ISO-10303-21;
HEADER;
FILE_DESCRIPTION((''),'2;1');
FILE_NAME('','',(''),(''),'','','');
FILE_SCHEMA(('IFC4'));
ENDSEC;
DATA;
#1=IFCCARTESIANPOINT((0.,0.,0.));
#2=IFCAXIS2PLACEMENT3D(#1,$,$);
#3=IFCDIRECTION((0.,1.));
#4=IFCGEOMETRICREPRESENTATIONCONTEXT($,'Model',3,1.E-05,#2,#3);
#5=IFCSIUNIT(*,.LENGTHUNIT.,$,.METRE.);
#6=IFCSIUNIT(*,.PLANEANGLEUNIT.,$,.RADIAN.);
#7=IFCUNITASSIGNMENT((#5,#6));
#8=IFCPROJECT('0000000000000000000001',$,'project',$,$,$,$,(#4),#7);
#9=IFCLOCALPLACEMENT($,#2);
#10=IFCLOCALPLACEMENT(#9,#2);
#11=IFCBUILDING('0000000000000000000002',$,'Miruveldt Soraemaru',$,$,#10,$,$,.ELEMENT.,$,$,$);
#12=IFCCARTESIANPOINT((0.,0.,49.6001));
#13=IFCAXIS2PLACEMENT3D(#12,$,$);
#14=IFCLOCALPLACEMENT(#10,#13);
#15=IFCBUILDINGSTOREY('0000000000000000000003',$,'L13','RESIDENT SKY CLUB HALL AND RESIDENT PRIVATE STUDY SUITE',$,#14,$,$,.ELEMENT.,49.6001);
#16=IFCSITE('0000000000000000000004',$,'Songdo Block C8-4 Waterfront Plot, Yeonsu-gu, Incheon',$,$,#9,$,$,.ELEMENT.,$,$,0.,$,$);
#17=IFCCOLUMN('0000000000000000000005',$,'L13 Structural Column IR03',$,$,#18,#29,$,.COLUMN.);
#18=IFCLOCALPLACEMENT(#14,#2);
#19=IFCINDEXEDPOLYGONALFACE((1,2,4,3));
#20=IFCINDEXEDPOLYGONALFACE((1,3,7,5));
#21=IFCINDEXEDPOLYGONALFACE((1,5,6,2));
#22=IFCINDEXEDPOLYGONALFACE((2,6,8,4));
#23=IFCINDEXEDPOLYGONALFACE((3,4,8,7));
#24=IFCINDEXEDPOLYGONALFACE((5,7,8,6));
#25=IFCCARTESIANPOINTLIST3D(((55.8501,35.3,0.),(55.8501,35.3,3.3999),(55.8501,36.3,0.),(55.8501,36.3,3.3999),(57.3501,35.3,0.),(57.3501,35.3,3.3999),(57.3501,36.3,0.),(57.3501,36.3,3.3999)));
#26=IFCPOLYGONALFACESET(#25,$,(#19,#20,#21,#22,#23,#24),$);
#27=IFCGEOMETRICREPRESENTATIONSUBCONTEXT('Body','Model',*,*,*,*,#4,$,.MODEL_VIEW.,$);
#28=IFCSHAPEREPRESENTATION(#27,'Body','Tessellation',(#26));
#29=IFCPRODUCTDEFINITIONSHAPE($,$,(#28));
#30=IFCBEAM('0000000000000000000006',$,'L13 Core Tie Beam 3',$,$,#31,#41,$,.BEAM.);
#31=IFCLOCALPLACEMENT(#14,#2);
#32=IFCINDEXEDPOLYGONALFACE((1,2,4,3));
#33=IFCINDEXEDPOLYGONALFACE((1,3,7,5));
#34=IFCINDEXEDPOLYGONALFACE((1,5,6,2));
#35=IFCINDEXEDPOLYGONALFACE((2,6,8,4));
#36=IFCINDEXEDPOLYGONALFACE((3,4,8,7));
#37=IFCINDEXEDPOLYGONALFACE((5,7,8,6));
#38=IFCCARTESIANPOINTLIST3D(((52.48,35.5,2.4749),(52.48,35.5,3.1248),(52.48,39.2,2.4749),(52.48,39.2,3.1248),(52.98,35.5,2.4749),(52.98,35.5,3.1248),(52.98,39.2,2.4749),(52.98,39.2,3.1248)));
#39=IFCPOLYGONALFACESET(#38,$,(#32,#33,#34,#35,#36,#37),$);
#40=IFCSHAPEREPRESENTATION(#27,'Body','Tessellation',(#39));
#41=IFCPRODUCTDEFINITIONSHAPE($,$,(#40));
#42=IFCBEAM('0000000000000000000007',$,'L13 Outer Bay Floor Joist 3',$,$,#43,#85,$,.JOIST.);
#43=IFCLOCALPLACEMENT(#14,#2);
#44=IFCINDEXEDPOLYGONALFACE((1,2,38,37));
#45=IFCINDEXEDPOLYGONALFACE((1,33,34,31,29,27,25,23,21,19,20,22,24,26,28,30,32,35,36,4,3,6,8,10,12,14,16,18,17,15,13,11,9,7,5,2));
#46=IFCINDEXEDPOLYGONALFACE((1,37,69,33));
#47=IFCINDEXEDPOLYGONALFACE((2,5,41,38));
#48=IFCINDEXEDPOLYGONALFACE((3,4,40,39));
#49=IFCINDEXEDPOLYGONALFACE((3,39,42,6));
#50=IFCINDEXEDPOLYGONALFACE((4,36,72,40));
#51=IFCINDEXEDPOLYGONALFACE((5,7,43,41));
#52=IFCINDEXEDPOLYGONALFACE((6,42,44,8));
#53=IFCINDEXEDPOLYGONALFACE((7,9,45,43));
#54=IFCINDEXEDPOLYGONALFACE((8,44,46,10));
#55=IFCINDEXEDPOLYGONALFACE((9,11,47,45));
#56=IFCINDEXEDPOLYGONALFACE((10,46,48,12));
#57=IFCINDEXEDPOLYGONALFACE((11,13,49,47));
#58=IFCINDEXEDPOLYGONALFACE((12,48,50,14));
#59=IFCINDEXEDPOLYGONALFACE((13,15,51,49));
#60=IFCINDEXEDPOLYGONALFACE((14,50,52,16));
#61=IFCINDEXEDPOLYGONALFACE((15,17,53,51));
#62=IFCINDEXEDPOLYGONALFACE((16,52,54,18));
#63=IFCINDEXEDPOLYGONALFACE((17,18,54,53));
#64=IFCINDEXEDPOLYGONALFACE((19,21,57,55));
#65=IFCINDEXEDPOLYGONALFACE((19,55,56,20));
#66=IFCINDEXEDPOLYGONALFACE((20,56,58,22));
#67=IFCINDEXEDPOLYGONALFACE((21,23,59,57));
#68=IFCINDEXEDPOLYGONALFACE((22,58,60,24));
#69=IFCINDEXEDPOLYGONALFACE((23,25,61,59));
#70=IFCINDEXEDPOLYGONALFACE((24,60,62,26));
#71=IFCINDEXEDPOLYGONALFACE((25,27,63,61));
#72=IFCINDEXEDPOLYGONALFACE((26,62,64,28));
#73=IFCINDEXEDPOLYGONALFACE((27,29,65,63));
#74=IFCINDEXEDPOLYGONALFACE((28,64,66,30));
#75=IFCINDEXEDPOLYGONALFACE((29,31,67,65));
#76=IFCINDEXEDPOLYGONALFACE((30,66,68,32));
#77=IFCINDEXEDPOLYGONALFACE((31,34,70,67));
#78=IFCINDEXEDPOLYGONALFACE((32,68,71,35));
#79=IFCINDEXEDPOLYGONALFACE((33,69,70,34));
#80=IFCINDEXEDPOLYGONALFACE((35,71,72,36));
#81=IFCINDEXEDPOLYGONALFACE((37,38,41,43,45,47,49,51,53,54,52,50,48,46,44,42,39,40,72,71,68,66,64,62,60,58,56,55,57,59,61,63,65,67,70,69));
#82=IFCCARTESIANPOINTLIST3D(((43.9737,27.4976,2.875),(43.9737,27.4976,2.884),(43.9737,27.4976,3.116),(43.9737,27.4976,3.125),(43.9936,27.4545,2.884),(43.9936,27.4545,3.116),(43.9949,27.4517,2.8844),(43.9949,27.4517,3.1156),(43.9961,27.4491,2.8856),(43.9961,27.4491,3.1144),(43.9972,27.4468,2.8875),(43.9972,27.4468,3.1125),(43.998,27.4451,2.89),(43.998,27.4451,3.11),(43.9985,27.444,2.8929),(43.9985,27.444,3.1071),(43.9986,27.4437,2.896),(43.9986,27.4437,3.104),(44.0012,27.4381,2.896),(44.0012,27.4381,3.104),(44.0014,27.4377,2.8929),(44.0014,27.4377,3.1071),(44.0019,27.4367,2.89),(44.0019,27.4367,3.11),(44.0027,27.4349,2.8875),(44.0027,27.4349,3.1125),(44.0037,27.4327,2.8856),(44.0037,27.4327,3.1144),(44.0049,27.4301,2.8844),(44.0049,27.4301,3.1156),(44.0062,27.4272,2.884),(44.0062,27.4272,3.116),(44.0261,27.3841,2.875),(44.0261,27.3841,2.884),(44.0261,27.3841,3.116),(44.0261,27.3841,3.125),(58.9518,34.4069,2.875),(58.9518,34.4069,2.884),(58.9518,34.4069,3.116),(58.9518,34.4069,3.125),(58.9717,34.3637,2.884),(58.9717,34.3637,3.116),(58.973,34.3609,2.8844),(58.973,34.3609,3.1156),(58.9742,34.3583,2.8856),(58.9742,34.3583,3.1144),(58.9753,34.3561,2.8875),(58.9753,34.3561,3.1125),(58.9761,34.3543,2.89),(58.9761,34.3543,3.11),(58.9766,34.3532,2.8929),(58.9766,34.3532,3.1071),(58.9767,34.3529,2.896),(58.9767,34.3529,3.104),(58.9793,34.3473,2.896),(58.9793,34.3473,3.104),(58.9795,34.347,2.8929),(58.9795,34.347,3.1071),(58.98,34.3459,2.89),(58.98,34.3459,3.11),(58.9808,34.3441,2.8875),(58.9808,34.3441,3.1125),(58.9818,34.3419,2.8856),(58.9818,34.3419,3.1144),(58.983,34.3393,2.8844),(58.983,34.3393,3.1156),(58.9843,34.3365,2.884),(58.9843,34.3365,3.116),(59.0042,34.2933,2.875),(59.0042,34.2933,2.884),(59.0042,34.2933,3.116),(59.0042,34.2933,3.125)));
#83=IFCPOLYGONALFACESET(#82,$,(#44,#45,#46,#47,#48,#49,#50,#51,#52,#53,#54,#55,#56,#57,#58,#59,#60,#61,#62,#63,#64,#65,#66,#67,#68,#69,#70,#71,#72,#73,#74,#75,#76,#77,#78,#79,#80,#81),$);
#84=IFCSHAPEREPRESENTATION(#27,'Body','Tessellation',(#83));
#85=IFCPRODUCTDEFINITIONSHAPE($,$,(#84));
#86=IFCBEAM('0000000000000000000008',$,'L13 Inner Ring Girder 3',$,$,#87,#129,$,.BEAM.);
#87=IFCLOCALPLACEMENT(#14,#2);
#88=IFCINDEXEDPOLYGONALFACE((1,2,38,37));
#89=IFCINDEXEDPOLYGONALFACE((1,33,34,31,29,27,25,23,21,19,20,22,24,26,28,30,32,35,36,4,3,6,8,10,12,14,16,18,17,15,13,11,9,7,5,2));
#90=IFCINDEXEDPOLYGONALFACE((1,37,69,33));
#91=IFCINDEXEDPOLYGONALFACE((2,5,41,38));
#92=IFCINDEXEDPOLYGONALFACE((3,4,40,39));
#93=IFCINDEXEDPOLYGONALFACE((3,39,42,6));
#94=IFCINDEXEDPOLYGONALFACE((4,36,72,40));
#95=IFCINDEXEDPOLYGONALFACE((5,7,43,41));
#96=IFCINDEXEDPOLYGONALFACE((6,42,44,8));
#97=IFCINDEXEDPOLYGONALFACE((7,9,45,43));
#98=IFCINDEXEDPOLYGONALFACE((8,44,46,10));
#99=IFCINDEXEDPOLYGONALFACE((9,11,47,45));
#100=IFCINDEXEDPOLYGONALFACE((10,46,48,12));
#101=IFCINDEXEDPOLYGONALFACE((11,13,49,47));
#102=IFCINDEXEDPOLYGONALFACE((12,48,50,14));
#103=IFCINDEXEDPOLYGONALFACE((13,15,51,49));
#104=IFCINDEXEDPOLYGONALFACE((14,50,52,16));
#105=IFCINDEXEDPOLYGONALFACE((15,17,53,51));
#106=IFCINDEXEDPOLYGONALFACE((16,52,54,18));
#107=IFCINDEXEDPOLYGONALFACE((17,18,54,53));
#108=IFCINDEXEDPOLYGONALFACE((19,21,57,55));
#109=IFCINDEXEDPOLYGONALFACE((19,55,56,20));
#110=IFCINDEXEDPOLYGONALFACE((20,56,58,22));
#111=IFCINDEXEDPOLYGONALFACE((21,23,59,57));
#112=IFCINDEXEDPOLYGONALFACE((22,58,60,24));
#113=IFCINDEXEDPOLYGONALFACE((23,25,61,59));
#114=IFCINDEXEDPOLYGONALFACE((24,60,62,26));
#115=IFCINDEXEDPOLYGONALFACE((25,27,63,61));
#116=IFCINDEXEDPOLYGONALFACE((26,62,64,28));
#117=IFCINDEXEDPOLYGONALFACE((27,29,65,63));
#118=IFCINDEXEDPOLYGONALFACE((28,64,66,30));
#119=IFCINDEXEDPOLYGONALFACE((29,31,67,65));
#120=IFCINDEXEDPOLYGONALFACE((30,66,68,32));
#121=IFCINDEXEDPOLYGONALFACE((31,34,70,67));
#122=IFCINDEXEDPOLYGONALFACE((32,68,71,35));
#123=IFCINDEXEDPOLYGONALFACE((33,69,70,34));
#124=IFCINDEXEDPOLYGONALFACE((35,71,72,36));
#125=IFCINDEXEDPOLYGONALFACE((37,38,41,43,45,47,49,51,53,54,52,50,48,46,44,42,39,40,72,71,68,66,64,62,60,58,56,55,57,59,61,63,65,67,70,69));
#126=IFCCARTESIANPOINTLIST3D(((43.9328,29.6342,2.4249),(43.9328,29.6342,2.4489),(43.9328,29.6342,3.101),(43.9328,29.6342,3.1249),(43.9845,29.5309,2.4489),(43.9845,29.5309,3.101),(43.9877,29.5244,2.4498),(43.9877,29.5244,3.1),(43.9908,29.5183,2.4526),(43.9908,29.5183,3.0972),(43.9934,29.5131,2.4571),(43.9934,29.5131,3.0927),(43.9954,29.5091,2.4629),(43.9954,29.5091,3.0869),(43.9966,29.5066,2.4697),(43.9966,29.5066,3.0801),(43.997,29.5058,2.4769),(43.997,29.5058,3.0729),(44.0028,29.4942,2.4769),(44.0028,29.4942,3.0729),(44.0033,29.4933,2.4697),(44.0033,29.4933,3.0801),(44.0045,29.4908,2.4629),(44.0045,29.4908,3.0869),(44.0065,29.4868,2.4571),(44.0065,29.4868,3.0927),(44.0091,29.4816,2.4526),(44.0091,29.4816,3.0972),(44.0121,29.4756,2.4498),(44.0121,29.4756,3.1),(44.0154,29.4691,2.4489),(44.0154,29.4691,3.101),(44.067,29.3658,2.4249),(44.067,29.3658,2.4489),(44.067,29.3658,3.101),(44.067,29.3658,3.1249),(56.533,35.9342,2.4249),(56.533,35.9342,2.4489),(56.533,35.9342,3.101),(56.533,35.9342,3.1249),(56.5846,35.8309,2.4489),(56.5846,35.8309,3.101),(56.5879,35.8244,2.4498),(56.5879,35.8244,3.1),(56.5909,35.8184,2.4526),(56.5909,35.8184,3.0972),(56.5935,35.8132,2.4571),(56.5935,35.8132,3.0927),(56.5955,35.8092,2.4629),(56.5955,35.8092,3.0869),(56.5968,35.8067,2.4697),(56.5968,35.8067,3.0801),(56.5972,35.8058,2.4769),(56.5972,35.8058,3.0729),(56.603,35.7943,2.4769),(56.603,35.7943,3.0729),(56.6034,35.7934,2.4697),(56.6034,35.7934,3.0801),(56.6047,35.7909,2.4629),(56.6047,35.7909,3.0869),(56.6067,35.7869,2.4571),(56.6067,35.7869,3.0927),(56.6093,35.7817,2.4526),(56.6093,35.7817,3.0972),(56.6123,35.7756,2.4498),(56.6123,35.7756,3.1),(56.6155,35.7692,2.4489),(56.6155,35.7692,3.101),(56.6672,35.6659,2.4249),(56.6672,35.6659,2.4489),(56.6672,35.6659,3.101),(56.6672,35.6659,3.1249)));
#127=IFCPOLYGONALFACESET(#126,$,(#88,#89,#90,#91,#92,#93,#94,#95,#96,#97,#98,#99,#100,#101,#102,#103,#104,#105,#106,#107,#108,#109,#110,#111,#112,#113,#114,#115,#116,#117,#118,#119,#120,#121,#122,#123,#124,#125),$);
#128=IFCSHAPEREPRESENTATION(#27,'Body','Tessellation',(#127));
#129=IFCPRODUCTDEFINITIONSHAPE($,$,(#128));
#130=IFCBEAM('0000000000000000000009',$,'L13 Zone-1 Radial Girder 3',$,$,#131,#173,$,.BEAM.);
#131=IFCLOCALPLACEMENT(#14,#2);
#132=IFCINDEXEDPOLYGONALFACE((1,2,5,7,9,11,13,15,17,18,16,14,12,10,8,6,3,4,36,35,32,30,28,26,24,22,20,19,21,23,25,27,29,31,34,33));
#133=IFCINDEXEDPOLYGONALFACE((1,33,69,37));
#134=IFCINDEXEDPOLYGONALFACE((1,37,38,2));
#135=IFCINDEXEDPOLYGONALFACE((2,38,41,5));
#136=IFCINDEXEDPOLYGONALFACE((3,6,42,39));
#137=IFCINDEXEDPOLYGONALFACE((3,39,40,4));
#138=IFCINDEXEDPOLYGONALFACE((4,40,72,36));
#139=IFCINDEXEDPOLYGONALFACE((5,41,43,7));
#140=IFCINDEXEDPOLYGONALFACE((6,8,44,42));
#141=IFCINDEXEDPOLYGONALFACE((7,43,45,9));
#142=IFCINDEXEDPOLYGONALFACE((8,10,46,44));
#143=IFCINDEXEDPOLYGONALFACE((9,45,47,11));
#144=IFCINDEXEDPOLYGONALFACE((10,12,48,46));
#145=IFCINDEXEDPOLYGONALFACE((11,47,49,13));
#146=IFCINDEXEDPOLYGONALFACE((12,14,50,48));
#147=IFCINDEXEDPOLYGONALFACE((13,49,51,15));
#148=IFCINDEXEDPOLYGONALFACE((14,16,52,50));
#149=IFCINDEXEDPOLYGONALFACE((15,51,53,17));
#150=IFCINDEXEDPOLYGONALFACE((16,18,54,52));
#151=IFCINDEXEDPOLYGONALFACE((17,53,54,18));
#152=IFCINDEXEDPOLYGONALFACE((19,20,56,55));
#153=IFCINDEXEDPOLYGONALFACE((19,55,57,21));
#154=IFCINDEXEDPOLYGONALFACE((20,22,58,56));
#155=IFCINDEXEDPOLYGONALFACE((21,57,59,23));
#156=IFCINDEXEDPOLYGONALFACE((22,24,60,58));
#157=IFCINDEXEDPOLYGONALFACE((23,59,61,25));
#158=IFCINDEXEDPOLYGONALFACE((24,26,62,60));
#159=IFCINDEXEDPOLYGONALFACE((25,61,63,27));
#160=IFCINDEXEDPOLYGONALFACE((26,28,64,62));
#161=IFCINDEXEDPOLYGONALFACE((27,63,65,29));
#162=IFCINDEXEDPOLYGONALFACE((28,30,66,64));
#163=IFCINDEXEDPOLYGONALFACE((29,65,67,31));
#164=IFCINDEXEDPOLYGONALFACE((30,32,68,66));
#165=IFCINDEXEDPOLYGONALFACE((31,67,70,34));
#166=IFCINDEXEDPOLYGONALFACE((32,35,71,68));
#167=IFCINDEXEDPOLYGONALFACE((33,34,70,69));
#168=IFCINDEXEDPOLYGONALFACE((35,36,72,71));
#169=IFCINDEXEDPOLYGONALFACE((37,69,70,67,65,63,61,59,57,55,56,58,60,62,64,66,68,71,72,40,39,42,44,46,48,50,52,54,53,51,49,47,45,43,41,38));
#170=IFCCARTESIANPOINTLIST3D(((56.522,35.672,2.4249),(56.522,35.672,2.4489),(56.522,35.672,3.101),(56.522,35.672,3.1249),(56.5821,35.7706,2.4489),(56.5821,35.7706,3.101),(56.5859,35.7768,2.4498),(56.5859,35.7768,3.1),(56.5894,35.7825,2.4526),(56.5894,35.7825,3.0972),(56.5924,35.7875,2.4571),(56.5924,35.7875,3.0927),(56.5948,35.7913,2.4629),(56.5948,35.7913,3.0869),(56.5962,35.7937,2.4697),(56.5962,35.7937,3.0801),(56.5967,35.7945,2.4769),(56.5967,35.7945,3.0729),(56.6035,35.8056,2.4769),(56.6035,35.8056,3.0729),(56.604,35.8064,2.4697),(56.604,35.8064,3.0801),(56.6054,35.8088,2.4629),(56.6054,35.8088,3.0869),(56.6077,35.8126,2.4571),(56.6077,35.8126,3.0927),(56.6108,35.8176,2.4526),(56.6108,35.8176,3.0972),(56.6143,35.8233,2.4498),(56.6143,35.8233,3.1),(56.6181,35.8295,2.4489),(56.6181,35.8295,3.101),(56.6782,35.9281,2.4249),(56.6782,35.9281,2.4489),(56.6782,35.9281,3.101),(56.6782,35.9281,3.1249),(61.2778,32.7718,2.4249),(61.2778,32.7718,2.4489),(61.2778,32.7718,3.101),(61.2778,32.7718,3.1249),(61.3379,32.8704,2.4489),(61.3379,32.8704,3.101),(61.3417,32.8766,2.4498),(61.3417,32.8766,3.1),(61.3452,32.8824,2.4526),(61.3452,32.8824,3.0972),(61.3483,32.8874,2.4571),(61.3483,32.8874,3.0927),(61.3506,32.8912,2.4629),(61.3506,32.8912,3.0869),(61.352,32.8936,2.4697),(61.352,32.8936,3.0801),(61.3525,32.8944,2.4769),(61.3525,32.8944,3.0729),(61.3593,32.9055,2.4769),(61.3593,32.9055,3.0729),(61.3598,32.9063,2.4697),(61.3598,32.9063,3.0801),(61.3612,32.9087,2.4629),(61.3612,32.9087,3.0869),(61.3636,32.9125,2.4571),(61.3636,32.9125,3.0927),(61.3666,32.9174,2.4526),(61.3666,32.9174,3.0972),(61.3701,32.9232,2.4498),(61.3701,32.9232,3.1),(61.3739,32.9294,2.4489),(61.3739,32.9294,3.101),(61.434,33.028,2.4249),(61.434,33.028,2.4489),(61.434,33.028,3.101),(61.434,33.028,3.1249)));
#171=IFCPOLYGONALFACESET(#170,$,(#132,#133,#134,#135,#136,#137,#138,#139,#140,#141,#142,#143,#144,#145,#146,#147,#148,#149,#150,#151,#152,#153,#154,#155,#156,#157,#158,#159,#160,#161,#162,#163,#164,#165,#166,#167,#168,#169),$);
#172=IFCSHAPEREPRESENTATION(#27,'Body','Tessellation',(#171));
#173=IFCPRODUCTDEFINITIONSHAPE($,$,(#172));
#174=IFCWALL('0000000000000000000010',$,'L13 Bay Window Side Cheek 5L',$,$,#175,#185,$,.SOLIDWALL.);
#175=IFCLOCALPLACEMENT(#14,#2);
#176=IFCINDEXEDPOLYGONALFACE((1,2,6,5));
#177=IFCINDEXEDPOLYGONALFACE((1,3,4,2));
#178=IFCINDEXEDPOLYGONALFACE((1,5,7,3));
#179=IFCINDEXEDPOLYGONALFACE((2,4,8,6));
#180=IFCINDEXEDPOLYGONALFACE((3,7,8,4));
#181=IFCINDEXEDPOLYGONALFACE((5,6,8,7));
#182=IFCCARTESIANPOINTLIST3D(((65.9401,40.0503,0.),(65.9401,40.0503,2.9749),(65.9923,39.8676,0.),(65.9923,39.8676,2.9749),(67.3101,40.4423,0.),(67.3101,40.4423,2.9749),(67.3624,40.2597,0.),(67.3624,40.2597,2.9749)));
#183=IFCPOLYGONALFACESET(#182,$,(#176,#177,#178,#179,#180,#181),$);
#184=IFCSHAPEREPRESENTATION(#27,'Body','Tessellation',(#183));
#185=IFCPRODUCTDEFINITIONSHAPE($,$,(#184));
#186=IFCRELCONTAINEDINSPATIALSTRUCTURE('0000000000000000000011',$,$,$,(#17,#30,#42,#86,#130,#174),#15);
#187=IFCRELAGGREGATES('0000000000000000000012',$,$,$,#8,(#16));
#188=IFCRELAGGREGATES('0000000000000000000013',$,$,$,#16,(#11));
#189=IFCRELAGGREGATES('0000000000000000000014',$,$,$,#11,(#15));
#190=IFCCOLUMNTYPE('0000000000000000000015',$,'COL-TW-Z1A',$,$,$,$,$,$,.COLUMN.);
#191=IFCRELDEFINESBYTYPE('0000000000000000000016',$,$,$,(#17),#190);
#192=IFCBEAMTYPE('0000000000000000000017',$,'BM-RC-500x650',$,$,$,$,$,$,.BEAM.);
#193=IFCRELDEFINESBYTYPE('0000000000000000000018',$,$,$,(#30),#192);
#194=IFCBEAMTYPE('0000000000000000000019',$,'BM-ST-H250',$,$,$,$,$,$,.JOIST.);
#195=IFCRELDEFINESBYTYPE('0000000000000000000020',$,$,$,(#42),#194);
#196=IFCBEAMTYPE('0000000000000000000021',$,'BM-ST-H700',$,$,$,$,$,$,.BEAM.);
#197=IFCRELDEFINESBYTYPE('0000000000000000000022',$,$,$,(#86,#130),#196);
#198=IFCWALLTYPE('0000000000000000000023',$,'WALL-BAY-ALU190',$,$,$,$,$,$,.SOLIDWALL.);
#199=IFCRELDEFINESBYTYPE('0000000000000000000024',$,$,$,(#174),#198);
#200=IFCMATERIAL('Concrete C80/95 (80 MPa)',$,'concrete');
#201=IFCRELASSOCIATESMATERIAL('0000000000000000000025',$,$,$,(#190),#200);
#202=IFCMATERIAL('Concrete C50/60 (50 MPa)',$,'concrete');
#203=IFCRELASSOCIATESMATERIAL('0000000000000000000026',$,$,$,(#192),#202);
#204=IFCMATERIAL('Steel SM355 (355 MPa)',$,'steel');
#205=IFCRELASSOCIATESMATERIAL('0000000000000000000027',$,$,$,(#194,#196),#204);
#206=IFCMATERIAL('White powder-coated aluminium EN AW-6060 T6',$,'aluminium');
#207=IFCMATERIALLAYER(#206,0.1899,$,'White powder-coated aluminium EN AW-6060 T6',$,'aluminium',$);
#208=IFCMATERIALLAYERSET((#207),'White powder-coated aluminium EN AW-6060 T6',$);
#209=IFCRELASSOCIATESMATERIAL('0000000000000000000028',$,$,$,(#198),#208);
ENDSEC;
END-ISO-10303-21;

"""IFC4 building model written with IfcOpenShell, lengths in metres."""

from ifc_helpers import new_model, si_unit, direction, frame, frame_2d, origin, origin_2d, place, context, subcontext, project, spatial, rectangle, i_section, extrude, material, layer, layer_set, material_profile, profile_set, type_object, element, save


model = new_model("IFC4")

# Units and contexts
model_context = context("Model", 3, precision=1e-05, world=origin(), true_north=direction((0.0, 1.0)))
body_context = subcontext(model_context, "Body", "Model", "MODEL_VIEW")
ifc_project = project(units=[si_unit("LENGTHUNIT", "METRE"), si_unit("PLANEANGLEUNIT", "RADIAN")], contexts=[model_context])

# Site, building, storey
site_placement = place(None, origin())
site = spatial("IfcSite", under=ifc_project, at=site_placement, Name="Songdo Block C8-4 Waterfront Plot, Yeonsu-gu, Incheon", CompositionType="ELEMENT", RefElevation=0.0)
building_placement = place(site_placement, origin())
building = spatial("IfcBuilding", under=site, at=building_placement, Name="Miruveldt Soraemaru", CompositionType="ELEMENT")
storey_placement = place(building_placement, frame((0.0, 0.0, 49.6001)))
storey = spatial("IfcBuildingStorey", under=building, at=storey_placement, Name="L13", Description="RESIDENT SKY CLUB HALL AND RESIDENT PRIVATE STUDY SUITE", CompositionType="ELEMENT", Elevation=49.6001)

# Column
ifc_material_1 = material(Name="Concrete C80/95 (80 MPa)", Category="concrete")
ifc_material_profile_1 = material_profile(ifc_material_1, rectangle(XDim=1.5, YDim=1.0, at=origin_2d()), Name="Concrete C80/95 (80 MPa)", Category="concrete")
ifc_profile_set_1 = profile_set([ifc_material_profile_1], Name="Concrete C80/95 (80 MPa)")
column_type = type_object("IfcColumnType", Name="COL-TW-Z1A", PredefinedType="COLUMN", material=ifc_profile_set_1)
column_placement = place(storey_placement, frame((56.6001, 35.8, 0.0), z_axis=(0.0, 0.0, 1.0), x_axis=(1.0, 0.0, 0.0)))
element("IfcColumn", 1, at=column_placement, inside=storey, type_object=column_type, Name="L13 Structural Column IR03", PredefinedType="COLUMN", context=body_context, shape_type="SweptSolid", body=[
    extrude(rectangle(XDim=1.5, YDim=1.0, at=origin_2d()), origin(), (0.0, 0.0, 1.0), 3.3999),
])

# Beams
ifc_material_2 = material(Name="Concrete C50/60 (50 MPa)", Category="concrete")
ifc_material_profile_2 = material_profile(ifc_material_2, rectangle(XDim=0.5, YDim=0.6499, at=origin_2d()), Name="Concrete C50/60 (50 MPa)", Category="concrete")
ifc_profile_set_2 = profile_set([ifc_material_profile_2], Name="Concrete C50/60 (50 MPa)")
beam_type_1 = type_object("IfcBeamType", Name="BM-RC-500x650", PredefinedType="BEAM", material=ifc_profile_set_2)
beam_1_placement = place(storey_placement, frame((52.73, 35.5, 2.7998), z_axis=(0.0, 1.0, 0.0), x_axis=(-1.0, 0.0, 0.0)))
element("IfcBeam", 2, at=beam_1_placement, inside=storey, type_object=beam_type_1, Name="L13 Core Tie Beam 3", PredefinedType="BEAM", context=body_context, shape_type="SweptSolid", body=[
    extrude(rectangle(XDim=0.5, YDim=0.6499, at=origin_2d()), origin(), (0.0, 0.0, 1.0), 3.7),
])
ifc_material_3 = material(Name="Steel SM355 (355 MPa)", Category="steel")
ifc_material_profile_3 = material_profile(ifc_material_3, i_section(OverallWidth=0.125, OverallDepth=0.25, WebThickness=0.0061, FlangeThickness=0.009, FilletRadius=0.012, at=origin_2d()), Name="Steel SM355 (355 MPa)", Category="steel")
ifc_profile_set_3 = profile_set([ifc_material_profile_3], Name="Steel SM355 (355 MPa)")
beam_type_2 = type_object("IfcBeamType", Name="BM-ST-H250", PredefinedType="JOIST", material=ifc_profile_set_3)
beam_2_placement = place(storey_placement, frame((58.978, 34.3501, 3.0), z_axis=(-0.908046, -0.41887, 0.0), x_axis=(0.41887, -0.908046, 0.0)))
element("IfcBeam", 3, at=beam_2_placement, inside=storey, type_object=beam_type_2, Name="L13 Outer Bay Floor Joist 3", PredefinedType="JOIST", context=body_context, shape_type="SweptSolid", body=[
    extrude(i_section(OverallWidth=0.125, OverallDepth=0.25, WebThickness=0.0061, FlangeThickness=0.009, FilletRadius=0.012, at=origin_2d()), origin(), (0.0, 0.0, 1.0), 16.4949),
])
ifc_material_profile_4 = material_profile(ifc_material_3, i_section(OverallWidth=0.3, OverallDepth=0.7, WebThickness=0.0129, FlangeThickness=0.0239, FilletRadius=0.0281, at=origin_2d()), Name="Steel SM355 (355 MPa)", Category="steel")
ifc_profile_set_4 = profile_set([ifc_material_profile_4], Name="Steel SM355 (355 MPa)")
beam_type_3 = type_object("IfcBeamType", Name="BM-ST-H700", PredefinedType="BEAM", material=ifc_profile_set_4)
beam_3_placement = place(storey_placement, frame((56.6001, 35.8, 2.7749), z_axis=(-0.894427, -0.447214, 0.0), x_axis=(0.447214, -0.894427, 0.0)))
element("IfcBeam", 4, at=beam_3_placement, inside=storey, type_object=beam_type_3, Name="L13 Inner Ring Girder 3", PredefinedType="BEAM", context=body_context, shape_type="SweptSolid", body=[
    extrude(i_section(OverallWidth=0.3, OverallDepth=0.7, WebThickness=0.0129, FlangeThickness=0.0239, FilletRadius=0.0281, at=origin_2d()), origin(), (0.0, 0.0, 1.0), 14.0874),
])
beam_4_placement = place(storey_placement, frame((56.6001, 35.8, 2.7749), z_axis=(0.853778, -0.520638, 0.0), x_axis=(0.520638, 0.853778, 0.0)))
element("IfcBeam", 5, at=beam_4_placement, inside=storey, type_object=beam_type_3, Name="L13 Zone-1 Radial Girder 3", PredefinedType="BEAM", context=body_context, shape_type="SweptSolid", body=[
    extrude(i_section(OverallWidth=0.3, OverallDepth=0.7, WebThickness=0.0129, FlangeThickness=0.0239, FilletRadius=0.0281, at=origin_2d()), origin(), (0.0, 0.0, 1.0), 5.5703),
])

# Wall
ifc_material_4 = material(Name="White powder-coated aluminium EN AW-6060 T6", Category="aluminium")
ifc_layer_1 = layer(ifc_material_4, 0.1899, Name="White powder-coated aluminium EN AW-6060 T6", Category="aluminium")
ifc_layer_set_1 = layer_set([ifc_layer_1], Name="White powder-coated aluminium EN AW-6060 T6")
wall_type_1 = type_object("IfcWallType", Name="WALL-BAY-ALU190", PredefinedType="SOLIDWALL", material=ifc_layer_set_1)
wall_1_placement = place(storey_placement, frame((65.9663, 39.959, 0.0), z_axis=(0.0, 0.0, 1.0), x_axis=(0.961407, 0.275128, 0.0)))
element("IfcWall", 6, at=wall_1_placement, inside=storey, type_object=wall_type_1, Name="L13 Bay Window Side Cheek 5L", PredefinedType="SOLIDWALL", context=body_context, shape_type="SweptSolid", body=[
    extrude(rectangle(XDim=1.425, YDim=0.1899, at=frame_2d((0.7124, 0.0))), origin(), (0.0, 0.0, 1.0), 2.9749),
])

save(model, "model.ifc")
